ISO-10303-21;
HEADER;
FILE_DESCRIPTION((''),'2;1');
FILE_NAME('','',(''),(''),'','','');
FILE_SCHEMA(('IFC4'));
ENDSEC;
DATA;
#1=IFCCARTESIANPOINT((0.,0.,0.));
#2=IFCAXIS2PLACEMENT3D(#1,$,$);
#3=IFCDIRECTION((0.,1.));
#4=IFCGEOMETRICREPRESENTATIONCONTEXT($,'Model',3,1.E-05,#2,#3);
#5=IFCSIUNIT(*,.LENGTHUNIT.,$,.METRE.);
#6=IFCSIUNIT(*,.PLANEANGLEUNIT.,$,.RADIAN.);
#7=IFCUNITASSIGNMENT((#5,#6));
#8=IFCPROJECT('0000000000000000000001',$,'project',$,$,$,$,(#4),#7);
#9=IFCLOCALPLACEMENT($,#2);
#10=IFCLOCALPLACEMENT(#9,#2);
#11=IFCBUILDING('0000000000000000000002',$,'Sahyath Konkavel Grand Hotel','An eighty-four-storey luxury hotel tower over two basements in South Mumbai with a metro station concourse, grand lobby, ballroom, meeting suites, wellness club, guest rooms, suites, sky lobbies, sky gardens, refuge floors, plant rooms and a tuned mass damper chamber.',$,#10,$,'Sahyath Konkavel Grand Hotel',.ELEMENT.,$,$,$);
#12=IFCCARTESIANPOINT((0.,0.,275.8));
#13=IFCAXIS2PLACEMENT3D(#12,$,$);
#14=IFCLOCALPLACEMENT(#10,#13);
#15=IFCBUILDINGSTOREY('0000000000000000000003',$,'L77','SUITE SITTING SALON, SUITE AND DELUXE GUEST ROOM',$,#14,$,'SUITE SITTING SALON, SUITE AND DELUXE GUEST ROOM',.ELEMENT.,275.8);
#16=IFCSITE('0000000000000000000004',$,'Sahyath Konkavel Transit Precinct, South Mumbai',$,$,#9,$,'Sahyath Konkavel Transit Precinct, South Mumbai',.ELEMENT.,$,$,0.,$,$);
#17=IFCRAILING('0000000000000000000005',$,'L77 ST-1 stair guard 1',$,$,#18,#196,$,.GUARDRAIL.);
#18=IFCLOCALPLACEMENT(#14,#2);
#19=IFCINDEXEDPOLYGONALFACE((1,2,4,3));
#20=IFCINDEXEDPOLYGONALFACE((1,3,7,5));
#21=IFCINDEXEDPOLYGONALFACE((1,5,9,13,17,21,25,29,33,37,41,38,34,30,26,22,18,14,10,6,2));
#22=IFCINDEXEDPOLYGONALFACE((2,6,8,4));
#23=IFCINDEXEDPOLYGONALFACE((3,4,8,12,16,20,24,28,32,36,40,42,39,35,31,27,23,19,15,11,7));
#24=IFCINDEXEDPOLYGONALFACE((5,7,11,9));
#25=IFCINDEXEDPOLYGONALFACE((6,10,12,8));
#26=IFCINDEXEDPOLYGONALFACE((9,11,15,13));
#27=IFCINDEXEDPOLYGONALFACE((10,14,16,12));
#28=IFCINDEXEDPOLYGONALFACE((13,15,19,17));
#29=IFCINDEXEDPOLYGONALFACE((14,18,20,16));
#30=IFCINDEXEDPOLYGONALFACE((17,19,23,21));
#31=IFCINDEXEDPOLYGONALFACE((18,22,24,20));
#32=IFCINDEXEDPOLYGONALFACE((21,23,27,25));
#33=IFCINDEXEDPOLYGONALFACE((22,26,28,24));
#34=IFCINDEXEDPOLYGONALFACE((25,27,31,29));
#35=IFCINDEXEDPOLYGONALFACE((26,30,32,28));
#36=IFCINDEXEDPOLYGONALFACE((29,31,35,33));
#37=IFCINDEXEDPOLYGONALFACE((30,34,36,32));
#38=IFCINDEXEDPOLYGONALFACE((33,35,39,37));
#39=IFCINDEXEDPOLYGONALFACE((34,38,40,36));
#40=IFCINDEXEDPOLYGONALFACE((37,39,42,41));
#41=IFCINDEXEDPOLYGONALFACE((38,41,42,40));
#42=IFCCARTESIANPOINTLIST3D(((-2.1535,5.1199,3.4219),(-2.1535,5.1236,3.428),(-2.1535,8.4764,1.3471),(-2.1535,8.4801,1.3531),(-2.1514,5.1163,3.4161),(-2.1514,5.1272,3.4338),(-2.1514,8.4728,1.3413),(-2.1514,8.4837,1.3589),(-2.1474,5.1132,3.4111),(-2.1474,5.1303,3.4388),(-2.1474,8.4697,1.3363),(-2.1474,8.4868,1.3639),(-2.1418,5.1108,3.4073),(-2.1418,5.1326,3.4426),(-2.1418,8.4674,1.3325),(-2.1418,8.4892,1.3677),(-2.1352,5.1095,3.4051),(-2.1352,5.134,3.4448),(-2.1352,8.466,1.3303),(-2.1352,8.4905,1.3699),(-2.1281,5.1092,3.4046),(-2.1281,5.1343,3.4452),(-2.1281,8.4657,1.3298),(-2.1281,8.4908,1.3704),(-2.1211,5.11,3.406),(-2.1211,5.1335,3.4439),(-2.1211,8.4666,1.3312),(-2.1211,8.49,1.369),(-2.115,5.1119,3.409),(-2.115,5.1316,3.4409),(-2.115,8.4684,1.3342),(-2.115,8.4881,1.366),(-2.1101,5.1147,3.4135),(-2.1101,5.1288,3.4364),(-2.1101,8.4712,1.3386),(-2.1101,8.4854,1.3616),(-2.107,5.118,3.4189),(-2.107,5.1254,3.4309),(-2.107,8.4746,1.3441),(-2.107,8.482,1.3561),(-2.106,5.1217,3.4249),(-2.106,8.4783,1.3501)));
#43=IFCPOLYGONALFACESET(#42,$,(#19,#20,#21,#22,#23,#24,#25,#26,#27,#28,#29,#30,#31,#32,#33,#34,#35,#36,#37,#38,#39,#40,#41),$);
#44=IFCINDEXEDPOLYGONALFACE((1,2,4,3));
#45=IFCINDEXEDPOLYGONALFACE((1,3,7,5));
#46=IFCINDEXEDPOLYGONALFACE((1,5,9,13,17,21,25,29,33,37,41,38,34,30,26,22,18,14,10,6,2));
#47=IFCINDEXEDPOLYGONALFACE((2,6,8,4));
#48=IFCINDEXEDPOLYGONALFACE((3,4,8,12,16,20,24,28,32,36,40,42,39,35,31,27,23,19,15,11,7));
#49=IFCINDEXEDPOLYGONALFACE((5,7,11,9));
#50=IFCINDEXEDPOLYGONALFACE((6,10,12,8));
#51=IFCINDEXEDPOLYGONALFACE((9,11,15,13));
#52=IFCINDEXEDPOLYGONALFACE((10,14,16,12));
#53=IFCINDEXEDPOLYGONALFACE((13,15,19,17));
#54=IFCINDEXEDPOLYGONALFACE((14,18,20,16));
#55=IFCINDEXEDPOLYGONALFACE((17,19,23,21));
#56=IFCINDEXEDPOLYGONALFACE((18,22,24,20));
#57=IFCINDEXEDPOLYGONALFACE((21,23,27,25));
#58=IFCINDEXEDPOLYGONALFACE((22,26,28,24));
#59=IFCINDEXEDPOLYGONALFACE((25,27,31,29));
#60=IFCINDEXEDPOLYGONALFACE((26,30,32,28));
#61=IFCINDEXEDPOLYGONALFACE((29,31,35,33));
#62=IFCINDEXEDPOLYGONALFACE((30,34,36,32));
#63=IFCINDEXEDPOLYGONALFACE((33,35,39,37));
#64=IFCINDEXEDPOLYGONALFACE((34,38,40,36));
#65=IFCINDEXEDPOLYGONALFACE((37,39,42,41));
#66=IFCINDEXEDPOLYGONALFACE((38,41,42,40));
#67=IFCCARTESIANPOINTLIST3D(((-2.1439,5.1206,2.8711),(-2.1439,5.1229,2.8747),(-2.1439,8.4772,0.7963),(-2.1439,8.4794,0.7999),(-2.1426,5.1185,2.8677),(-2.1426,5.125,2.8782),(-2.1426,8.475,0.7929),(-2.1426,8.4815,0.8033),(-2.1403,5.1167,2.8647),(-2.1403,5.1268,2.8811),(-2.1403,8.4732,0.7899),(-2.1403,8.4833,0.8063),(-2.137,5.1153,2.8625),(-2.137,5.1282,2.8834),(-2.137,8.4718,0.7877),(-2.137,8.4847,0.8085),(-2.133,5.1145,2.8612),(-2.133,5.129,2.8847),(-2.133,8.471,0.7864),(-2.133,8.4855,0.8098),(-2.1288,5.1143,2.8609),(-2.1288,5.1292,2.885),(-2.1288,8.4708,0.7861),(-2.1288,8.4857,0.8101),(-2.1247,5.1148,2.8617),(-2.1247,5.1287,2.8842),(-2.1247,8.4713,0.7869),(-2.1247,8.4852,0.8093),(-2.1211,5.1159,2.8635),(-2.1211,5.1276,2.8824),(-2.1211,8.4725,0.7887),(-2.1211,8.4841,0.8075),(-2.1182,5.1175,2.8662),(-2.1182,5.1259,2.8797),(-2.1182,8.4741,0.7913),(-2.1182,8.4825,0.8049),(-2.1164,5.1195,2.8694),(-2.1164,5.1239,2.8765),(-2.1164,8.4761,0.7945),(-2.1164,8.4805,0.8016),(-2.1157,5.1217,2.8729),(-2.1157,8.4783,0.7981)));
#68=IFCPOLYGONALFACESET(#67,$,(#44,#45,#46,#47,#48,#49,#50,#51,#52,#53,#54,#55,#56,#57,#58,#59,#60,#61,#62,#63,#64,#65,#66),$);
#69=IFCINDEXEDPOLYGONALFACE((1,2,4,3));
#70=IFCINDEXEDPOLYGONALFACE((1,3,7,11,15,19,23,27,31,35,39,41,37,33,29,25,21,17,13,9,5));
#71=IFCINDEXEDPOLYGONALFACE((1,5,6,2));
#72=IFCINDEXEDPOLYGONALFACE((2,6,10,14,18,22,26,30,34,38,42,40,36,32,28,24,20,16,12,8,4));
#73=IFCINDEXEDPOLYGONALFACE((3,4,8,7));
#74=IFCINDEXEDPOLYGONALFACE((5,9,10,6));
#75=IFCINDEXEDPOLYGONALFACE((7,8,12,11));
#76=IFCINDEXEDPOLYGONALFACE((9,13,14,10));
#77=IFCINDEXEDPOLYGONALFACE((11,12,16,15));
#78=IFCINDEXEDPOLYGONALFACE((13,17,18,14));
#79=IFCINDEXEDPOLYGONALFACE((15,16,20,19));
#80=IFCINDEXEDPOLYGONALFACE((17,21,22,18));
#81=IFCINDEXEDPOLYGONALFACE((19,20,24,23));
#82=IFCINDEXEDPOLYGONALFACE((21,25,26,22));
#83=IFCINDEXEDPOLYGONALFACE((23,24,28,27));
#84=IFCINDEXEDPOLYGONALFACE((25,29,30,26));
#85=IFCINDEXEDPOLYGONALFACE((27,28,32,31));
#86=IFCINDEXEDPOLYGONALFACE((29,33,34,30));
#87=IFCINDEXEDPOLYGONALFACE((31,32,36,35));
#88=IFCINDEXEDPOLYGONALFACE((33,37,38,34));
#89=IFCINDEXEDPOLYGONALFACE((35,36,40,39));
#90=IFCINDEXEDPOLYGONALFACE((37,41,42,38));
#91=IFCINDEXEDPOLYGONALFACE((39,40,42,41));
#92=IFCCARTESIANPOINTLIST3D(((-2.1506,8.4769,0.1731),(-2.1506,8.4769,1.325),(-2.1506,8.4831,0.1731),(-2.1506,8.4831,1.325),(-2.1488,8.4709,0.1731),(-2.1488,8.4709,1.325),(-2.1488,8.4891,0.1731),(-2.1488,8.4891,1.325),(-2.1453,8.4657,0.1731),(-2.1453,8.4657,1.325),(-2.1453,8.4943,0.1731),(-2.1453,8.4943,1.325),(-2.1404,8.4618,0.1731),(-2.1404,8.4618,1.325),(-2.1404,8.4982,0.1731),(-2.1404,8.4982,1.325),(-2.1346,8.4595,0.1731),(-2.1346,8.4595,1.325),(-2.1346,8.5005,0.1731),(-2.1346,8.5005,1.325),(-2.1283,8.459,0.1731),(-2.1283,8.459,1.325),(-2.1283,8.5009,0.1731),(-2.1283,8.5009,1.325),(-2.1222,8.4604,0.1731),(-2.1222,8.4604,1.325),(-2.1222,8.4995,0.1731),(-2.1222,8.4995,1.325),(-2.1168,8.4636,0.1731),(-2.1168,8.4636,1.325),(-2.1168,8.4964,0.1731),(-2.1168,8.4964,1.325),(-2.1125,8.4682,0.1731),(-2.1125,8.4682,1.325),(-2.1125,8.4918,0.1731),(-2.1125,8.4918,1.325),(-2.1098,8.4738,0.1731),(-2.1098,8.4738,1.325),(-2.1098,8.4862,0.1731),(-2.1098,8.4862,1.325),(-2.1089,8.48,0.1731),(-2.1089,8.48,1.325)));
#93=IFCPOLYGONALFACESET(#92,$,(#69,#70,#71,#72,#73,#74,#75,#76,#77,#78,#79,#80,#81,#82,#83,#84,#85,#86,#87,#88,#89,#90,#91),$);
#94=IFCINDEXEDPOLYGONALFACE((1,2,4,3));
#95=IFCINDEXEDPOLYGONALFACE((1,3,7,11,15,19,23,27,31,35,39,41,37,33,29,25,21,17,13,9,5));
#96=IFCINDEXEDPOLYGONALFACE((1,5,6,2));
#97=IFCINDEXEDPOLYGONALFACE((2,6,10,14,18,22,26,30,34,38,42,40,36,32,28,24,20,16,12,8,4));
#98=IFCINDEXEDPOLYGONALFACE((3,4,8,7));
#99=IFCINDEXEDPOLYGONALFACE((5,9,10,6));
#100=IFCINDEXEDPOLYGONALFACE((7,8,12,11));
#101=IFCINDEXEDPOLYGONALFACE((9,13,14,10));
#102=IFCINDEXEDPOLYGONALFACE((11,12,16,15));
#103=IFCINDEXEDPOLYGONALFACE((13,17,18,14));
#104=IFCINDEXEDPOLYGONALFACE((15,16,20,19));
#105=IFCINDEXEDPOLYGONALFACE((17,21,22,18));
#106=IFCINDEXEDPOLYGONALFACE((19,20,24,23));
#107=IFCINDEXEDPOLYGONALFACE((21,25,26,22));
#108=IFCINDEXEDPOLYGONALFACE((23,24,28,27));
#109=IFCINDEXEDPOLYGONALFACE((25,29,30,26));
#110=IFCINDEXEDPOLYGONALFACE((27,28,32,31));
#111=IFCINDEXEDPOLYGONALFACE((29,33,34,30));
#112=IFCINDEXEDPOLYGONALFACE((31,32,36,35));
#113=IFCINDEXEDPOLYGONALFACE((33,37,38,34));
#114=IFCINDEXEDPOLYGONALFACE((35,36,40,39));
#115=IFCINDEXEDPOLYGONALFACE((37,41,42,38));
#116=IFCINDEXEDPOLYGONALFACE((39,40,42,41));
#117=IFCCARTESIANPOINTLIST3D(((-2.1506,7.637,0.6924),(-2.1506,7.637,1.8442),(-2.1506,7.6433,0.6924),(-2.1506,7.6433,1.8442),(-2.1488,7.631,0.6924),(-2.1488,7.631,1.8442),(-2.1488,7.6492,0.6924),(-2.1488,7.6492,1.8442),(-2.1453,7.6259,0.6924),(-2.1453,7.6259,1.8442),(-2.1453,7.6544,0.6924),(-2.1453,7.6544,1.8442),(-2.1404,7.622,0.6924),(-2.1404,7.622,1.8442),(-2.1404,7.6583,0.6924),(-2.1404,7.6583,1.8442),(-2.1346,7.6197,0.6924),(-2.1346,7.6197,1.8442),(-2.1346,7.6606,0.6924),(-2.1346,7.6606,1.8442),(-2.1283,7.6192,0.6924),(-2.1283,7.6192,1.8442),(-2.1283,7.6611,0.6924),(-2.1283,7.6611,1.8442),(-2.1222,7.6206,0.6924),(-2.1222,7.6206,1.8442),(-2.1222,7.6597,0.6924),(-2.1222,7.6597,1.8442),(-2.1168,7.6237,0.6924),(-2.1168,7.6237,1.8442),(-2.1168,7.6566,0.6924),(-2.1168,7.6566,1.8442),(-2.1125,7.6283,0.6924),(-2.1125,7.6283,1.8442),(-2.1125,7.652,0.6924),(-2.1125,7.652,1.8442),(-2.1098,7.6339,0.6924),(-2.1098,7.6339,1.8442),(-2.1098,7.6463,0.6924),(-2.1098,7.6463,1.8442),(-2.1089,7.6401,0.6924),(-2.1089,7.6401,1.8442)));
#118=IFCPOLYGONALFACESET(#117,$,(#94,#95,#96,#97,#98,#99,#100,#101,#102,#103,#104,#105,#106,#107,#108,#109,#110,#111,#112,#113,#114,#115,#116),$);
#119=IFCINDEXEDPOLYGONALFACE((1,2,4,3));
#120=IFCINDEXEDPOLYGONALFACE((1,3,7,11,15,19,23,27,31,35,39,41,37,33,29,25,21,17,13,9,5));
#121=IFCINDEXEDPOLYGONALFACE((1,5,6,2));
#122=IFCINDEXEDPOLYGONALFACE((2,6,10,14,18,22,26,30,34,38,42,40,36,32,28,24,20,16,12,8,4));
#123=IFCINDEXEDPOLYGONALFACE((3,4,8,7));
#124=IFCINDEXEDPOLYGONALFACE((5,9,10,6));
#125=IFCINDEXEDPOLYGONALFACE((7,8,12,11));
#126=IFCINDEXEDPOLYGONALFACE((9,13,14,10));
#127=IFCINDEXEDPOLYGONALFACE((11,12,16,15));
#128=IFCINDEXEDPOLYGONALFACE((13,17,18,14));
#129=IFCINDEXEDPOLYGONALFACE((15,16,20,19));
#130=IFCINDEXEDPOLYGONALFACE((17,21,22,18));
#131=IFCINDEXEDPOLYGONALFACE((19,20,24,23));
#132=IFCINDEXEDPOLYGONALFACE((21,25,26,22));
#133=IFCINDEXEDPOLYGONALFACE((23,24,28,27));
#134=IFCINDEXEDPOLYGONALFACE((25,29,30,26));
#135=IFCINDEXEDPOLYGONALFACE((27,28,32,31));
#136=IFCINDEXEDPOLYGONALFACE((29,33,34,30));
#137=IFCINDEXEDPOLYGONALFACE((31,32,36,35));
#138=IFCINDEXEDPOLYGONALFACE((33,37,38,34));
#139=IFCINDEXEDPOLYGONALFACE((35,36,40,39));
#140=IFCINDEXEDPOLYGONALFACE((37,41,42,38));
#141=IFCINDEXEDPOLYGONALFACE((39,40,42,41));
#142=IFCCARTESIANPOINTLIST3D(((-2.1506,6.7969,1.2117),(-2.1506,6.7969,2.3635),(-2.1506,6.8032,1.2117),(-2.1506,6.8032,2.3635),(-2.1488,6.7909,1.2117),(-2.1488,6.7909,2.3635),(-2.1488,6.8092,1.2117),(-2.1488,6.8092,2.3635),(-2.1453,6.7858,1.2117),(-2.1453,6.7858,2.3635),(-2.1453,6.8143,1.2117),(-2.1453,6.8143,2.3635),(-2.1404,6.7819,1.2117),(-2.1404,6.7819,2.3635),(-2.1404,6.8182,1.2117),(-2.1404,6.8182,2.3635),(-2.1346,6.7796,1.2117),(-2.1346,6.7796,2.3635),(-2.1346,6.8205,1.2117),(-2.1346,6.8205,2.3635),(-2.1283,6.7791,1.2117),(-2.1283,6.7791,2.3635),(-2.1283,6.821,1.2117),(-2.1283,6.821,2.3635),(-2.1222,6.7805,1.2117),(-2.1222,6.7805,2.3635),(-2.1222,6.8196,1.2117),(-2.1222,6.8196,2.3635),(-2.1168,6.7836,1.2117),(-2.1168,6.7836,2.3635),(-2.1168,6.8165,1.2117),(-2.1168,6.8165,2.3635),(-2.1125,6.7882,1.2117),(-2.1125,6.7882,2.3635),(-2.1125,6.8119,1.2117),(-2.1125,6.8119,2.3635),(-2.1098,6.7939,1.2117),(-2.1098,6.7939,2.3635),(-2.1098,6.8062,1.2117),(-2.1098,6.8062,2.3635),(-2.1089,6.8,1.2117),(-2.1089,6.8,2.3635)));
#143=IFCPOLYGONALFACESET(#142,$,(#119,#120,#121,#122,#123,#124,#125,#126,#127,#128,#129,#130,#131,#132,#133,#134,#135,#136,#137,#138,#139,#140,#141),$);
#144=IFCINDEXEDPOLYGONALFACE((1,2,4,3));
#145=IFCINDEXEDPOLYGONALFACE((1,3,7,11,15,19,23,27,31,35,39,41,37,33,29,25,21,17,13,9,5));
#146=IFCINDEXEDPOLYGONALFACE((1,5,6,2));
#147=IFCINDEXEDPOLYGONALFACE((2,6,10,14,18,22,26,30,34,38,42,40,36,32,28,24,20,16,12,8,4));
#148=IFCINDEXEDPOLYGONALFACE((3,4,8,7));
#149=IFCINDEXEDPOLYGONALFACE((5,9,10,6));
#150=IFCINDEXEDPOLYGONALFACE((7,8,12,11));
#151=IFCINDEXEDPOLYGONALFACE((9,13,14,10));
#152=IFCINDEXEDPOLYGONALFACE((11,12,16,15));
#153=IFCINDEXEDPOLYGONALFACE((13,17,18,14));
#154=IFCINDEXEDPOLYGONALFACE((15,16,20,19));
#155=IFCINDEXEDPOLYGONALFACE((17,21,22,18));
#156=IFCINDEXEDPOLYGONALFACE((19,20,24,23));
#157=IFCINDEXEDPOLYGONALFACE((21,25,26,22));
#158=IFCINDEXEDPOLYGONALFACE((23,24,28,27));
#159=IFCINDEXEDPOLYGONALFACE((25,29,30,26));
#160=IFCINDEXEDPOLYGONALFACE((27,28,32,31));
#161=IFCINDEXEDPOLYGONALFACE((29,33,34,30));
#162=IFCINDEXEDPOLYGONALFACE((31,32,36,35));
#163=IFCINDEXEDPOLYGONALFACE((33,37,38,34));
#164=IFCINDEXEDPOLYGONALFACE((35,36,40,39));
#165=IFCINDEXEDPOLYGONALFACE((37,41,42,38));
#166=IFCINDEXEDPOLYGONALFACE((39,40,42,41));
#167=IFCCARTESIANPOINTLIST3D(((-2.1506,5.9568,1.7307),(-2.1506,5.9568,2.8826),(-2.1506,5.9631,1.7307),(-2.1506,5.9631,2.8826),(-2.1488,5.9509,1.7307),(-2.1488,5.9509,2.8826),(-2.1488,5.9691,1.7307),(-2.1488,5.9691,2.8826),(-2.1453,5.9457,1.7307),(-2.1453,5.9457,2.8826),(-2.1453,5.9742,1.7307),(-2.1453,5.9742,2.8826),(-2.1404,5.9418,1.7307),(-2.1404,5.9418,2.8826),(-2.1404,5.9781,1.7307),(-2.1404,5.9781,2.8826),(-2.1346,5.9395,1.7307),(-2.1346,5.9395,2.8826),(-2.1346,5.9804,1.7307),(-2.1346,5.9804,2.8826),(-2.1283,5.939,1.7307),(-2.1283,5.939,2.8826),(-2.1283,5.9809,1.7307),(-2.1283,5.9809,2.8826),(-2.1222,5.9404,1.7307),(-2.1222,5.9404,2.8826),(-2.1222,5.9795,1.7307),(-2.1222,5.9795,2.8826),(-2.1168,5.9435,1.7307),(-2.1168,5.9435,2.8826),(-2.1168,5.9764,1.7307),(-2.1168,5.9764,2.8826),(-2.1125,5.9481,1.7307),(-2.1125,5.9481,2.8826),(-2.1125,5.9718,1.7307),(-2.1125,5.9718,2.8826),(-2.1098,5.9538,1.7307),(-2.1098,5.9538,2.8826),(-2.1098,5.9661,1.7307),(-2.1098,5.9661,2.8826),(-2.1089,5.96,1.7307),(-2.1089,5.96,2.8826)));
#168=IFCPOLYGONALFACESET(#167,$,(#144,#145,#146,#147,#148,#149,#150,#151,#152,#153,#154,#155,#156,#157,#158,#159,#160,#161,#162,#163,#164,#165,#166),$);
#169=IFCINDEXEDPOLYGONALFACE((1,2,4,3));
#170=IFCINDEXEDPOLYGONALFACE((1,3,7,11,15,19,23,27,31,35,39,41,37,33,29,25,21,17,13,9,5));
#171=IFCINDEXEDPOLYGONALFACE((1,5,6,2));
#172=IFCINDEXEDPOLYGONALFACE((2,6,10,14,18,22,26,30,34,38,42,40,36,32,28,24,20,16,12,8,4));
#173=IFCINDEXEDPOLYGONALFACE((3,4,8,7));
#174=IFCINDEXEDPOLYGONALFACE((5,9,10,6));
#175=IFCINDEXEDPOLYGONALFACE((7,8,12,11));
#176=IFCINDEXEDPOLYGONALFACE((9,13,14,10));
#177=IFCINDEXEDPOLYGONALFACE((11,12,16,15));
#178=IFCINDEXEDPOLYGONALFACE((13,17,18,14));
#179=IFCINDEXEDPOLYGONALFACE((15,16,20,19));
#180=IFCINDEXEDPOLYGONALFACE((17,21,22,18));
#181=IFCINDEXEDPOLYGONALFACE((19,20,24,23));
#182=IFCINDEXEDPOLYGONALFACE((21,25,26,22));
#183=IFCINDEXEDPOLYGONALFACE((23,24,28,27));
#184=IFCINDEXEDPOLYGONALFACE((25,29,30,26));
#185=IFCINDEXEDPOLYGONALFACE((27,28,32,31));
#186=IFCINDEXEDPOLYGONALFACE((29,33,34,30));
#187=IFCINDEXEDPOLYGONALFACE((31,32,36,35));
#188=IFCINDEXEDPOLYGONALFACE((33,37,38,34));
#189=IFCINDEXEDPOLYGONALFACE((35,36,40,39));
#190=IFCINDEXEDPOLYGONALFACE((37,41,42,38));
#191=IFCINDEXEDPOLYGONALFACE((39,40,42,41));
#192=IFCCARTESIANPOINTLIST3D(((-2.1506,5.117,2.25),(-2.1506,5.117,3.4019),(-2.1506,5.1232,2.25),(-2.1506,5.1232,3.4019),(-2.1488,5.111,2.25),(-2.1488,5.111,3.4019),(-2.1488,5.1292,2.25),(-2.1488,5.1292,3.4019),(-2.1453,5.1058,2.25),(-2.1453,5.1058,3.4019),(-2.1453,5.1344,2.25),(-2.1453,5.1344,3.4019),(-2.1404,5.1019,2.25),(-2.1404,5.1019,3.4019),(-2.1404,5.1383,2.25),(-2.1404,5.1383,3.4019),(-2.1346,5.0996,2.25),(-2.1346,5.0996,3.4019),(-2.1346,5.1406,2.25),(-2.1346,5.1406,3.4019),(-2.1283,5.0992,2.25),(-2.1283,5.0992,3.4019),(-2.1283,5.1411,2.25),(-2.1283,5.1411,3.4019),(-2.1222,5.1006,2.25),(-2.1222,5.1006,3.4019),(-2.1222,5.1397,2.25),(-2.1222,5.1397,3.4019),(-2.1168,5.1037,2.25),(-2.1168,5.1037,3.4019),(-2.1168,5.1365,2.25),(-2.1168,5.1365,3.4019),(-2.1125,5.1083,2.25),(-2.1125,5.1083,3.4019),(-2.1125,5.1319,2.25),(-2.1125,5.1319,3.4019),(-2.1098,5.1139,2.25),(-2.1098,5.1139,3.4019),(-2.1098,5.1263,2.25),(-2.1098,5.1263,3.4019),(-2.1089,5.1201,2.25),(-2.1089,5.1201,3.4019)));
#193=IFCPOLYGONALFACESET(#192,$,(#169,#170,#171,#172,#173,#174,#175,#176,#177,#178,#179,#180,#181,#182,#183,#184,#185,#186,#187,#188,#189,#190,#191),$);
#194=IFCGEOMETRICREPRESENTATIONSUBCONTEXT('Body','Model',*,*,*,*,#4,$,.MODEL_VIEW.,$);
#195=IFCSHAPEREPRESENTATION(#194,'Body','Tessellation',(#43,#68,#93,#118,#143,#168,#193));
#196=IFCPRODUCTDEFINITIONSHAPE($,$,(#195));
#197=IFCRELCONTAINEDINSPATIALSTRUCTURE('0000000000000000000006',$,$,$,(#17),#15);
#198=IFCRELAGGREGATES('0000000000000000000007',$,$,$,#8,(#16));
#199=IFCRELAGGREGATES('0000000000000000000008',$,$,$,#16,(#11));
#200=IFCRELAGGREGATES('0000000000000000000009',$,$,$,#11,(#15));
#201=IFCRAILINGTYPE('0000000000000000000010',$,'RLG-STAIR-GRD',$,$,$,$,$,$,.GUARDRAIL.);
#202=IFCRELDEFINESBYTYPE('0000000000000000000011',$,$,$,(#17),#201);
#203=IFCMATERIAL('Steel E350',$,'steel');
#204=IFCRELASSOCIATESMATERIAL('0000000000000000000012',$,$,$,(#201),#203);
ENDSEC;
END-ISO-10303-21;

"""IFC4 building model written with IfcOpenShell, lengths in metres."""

from ifc_helpers import new_model, si_unit, direction, frame, origin, origin_2d, place, context, subcontext, project, spatial, circle, extrude, material, type_object, element, save


model = new_model("IFC4")

# Units and contexts
model_context = context("Model", 3, precision=1e-05, world=origin(), true_north=direction((0.0, 1.0)))
body_context = subcontext(model_context, "Body", "Model", "MODEL_VIEW")
ifc_project = project(units=[si_unit("LENGTHUNIT", "METRE"), si_unit("PLANEANGLEUNIT", "RADIAN")], contexts=[model_context])

# Site, building, storey
site_placement = place(None, origin())
site = spatial("IfcSite", under=ifc_project, at=site_placement, Name="Sahyath Konkavel Transit Precinct, South Mumbai", LongName="Sahyath Konkavel Transit Precinct, South Mumbai", CompositionType="ELEMENT", RefElevation=0.0)
building_placement = place(site_placement, origin())
building = spatial("IfcBuilding", under=site, at=building_placement, Name="Sahyath Konkavel Grand Hotel", Description="An eighty-four-storey luxury hotel tower over two basements in South Mumbai with a metro station concourse, grand lobby, ballroom, meeting suites, wellness club, guest rooms, suites, sky lobbies, sky gardens, refuge floors, plant rooms and a tuned mass damper chamber.", LongName="Sahyath Konkavel Grand Hotel", CompositionType="ELEMENT")
storey_placement = place(building_placement, frame((0.0, 0.0, 275.8)))
storey = spatial("IfcBuildingStorey", under=building, at=storey_placement, Name="L77", Description="SUITE SITTING SALON, SUITE AND DELUXE GUEST ROOM", LongName="SUITE SITTING SALON, SUITE AND DELUXE GUEST ROOM", CompositionType="ELEMENT", Elevation=275.8)

# Shared definitions
ifc_material_1 = material(Name="Steel E350", Category="steel")

# Railing
railing_type_1 = type_object("IfcRailingType", Name="RLG-STAIR-GRD", PredefinedType="GUARDRAIL", material=ifc_material_1)
railing_1_placement = place(storey_placement, frame((-2.1299, 8.48, 0.1731)))
element("IfcRailing", 1, at=railing_1_placement, inside=storey, type_object=railing_type_1, Name="L77 ST-1 stair guard 1", PredefinedType="GUARDRAIL", context=body_context, shape_type="SweptSolid", body=[
    extrude(circle(Radius=0.0239, at=origin_2d()), frame((0.0, -0.0017, 1.177), z_axis=(0.0, -0.850606, 0.525803), x_axis=(1.0, 0.0, 0.0)), (0.0, 0.0, 1.0), 3.946),
    extrude(circle(Radius=0.0142, at=origin_2d()), frame((0.0, -0.0017, 0.625), z_axis=(0.0, -0.850606, 0.525803), x_axis=(1.0, 0.0, 0.0)), (0.0, 0.0, 1.0), 3.946),
    extrude(circle(Radius=0.021, at=origin_2d()), origin(), (0.0, 0.0, 1.0), 1.1519),
    extrude(circle(Radius=0.021, at=origin_2d()), frame((0.0, -0.8398, 0.5193)), (0.0, 0.0, 1.0), 1.1519),
    extrude(circle(Radius=0.021, at=origin_2d()), frame((0.0, -1.6799, 1.0386)), (0.0, 0.0, 1.0), 1.1519),
    extrude(circle(Radius=0.021, at=origin_2d()), frame((0.0, -2.52, 1.5576)), (0.0, 0.0, 1.0), 1.1519),
    extrude(circle(Radius=0.021, at=origin_2d()), frame((0.0, -3.3599, 2.0769)), (0.0, 0.0, 1.0), 1.1519),
])

save(model, "model.ifc")
